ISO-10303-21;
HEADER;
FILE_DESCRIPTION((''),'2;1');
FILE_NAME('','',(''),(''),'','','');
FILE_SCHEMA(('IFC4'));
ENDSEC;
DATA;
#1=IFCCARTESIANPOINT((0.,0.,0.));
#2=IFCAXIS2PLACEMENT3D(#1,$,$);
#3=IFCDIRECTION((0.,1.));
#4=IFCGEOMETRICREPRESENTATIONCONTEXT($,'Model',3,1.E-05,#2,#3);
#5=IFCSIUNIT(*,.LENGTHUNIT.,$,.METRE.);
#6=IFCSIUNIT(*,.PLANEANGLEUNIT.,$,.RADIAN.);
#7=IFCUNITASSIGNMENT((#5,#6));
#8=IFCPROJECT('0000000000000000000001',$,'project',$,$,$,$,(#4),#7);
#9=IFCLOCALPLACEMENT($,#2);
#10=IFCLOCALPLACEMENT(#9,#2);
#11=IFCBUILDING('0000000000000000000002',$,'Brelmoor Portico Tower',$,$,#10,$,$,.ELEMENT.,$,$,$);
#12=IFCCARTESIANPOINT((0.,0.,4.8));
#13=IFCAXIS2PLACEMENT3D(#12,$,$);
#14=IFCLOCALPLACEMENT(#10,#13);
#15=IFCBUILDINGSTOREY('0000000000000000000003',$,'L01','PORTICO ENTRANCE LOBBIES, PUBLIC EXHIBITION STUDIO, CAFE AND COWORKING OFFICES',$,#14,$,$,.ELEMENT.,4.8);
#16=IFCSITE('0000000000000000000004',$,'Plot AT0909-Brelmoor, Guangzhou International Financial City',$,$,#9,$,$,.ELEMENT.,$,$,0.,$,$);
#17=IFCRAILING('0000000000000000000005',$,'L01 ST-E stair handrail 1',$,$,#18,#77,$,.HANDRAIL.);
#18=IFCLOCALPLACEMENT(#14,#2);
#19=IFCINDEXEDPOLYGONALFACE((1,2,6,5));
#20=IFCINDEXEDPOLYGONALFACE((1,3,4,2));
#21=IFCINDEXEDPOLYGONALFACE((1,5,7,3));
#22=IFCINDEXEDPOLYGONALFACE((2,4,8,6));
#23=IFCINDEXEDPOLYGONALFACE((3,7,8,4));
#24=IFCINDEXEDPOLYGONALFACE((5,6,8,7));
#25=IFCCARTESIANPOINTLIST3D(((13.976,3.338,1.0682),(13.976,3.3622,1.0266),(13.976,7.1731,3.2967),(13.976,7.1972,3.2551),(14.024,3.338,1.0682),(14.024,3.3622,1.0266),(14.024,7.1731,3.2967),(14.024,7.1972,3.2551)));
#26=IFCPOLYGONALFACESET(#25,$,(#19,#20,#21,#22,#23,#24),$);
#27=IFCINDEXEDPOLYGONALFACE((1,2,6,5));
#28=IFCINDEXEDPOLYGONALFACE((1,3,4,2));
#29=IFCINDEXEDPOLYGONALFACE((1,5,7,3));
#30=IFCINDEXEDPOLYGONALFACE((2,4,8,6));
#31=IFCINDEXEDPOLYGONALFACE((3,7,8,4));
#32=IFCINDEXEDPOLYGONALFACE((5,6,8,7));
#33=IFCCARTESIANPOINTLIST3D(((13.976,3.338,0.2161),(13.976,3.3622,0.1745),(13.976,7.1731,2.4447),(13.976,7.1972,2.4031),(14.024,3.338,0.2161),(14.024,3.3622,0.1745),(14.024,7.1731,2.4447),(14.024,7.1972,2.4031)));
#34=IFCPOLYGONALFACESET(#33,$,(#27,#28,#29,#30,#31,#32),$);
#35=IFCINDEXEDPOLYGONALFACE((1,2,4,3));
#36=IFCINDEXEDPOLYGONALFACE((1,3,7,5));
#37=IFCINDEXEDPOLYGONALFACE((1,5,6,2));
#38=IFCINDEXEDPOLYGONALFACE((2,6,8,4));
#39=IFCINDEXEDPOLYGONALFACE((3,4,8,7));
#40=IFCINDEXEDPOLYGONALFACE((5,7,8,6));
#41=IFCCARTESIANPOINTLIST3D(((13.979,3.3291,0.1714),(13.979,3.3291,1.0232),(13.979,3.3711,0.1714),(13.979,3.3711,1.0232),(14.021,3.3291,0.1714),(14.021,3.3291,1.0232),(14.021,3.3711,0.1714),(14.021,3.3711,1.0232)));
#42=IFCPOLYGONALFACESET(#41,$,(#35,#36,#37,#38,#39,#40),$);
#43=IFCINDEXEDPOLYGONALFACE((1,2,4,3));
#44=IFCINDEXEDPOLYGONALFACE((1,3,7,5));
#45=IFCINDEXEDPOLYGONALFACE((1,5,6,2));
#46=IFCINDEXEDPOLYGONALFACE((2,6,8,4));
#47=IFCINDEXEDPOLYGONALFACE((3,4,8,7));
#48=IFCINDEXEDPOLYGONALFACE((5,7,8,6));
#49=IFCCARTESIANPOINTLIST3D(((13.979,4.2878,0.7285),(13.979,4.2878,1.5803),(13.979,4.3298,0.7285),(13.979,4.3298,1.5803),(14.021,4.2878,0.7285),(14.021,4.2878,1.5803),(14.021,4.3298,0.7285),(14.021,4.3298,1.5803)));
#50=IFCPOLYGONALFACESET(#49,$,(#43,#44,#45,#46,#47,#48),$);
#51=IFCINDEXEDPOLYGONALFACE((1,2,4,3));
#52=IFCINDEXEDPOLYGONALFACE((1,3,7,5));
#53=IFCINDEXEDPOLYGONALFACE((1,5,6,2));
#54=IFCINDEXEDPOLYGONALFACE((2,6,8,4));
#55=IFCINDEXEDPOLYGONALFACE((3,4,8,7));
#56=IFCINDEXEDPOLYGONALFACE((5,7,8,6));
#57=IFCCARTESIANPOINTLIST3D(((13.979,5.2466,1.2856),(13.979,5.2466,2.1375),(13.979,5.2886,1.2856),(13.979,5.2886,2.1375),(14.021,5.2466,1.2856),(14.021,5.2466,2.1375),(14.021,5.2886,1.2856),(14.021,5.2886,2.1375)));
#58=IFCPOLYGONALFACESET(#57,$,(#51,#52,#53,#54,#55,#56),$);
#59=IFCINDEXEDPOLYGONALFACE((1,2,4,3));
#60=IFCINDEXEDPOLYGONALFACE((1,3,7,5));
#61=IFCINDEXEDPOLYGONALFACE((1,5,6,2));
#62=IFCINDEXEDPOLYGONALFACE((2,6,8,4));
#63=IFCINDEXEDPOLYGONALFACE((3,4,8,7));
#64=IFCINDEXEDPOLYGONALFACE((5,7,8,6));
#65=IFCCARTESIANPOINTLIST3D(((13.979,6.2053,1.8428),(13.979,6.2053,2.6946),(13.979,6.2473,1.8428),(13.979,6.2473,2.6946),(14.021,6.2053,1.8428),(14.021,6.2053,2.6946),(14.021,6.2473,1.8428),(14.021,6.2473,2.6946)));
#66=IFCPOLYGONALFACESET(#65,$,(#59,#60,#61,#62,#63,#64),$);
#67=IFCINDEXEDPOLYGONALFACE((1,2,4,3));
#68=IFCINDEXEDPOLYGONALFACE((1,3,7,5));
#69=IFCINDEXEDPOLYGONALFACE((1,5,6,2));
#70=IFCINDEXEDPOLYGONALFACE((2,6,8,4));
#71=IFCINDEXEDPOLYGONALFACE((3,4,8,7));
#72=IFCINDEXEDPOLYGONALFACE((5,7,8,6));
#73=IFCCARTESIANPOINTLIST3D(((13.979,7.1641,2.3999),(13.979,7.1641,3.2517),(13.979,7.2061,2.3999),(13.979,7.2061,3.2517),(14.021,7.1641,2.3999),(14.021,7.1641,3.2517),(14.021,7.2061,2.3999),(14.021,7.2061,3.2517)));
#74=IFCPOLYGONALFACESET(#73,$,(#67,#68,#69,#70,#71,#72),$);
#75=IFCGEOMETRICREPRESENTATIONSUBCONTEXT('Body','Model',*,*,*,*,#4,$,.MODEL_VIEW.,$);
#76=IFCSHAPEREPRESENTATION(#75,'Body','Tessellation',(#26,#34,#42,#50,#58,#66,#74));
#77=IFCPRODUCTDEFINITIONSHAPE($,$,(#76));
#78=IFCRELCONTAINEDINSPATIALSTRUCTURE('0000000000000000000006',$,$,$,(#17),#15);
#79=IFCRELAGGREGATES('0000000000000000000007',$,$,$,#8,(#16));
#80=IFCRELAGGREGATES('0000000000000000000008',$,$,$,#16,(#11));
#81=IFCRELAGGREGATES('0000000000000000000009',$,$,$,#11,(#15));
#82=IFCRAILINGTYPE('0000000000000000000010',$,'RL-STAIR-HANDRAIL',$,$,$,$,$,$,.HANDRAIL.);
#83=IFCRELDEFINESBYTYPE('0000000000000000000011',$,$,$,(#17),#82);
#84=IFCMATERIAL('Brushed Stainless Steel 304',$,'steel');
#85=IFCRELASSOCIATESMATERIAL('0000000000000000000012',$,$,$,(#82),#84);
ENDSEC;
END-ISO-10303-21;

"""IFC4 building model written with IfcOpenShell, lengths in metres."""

from ifc_helpers import new_model, si_unit, direction, frame, origin, origin_2d, place, context, subcontext, project, spatial, rectangle, extrude, material, type_object, element, save


model = new_model("IFC4")

# Units and contexts
model_context = context("Model", 3, precision=1e-05, world=origin(), true_north=direction((0.0, 1.0)))
body_context = subcontext(model_context, "Body", "Model", "MODEL_VIEW")
ifc_project = project(units=[si_unit("LENGTHUNIT", "METRE"), si_unit("PLANEANGLEUNIT", "RADIAN")], contexts=[model_context])

# Site, building, storey
site_placement = place(None, origin())
site = spatial("IfcSite", under=ifc_project, at=site_placement, Name="Plot AT0909-Brelmoor, Guangzhou International Financial City", CompositionType="ELEMENT", RefElevation=0.0)
building_placement = place(site_placement, origin())
building = spatial("IfcBuilding", under=site, at=building_placement, Name="Brelmoor Portico Tower", CompositionType="ELEMENT")
storey_placement = place(building_placement, frame((0.0, 0.0, 4.8)))
storey = spatial("IfcBuildingStorey", under=building, at=storey_placement, Name="L01", Description="PORTICO ENTRANCE LOBBIES, PUBLIC EXHIBITION STUDIO, CAFE AND COWORKING OFFICES", CompositionType="ELEMENT", Elevation=4.8)

# Railing
ifc_material_1 = material(Name="Brushed Stainless Steel 304", Category="steel")
railing_type_1 = type_object("IfcRailingType", Name="RL-STAIR-HANDRAIL", PredefinedType="HANDRAIL", material=ifc_material_1)
railing_1_placement = place(storey_placement, frame((14.0, 3.3501, 0.1714)))
element("IfcRailing", 1, at=railing_1_placement, inside=storey, type_object=railing_type_1, Name="L01 ST-E stair handrail 1", PredefinedType="HANDRAIL", context=body_context, shape_type="SweptSolid", body=[
    extrude(rectangle(XDim=0.0481, YDim=0.0481, at=origin_2d()), frame((0.0, 0.0, 0.876), z_axis=(0.0, 0.864616, 0.502433), x_axis=(-1.0, 0.0, 0.0)), (0.0, 0.0, 1.0), 4.4355),
    extrude(rectangle(XDim=0.0481, YDim=0.0481, at=origin_2d()), frame((0.0, 0.0, 0.0239), z_axis=(0.0, 0.864616, 0.502433), x_axis=(-1.0, 0.0, 0.0)), (0.0, 0.0, 1.0), 4.4355),
    extrude(rectangle(XDim=0.042, YDim=0.042, at=origin_2d()), origin(), (0.0, 0.0, 1.0), 0.8518),
    extrude(rectangle(XDim=0.042, YDim=0.042, at=origin_2d()), frame((0.0, 0.9587, 0.5571)), (0.0, 0.0, 1.0), 0.8518),
    extrude(rectangle(XDim=0.042, YDim=0.042, at=origin_2d()), frame((0.0, 1.9175, 1.1143)), (0.0, 0.0, 1.0), 0.8518),
    extrude(rectangle(XDim=0.042, YDim=0.042, at=origin_2d()), frame((0.0, 2.8762, 1.6714)), (0.0, 0.0, 1.0), 0.8518),
    extrude(rectangle(XDim=0.042, YDim=0.042, at=origin_2d()), frame((0.0, 3.835, 2.2285)), (0.0, 0.0, 1.0), 0.8518),
])

save(model, "model.ifc")
